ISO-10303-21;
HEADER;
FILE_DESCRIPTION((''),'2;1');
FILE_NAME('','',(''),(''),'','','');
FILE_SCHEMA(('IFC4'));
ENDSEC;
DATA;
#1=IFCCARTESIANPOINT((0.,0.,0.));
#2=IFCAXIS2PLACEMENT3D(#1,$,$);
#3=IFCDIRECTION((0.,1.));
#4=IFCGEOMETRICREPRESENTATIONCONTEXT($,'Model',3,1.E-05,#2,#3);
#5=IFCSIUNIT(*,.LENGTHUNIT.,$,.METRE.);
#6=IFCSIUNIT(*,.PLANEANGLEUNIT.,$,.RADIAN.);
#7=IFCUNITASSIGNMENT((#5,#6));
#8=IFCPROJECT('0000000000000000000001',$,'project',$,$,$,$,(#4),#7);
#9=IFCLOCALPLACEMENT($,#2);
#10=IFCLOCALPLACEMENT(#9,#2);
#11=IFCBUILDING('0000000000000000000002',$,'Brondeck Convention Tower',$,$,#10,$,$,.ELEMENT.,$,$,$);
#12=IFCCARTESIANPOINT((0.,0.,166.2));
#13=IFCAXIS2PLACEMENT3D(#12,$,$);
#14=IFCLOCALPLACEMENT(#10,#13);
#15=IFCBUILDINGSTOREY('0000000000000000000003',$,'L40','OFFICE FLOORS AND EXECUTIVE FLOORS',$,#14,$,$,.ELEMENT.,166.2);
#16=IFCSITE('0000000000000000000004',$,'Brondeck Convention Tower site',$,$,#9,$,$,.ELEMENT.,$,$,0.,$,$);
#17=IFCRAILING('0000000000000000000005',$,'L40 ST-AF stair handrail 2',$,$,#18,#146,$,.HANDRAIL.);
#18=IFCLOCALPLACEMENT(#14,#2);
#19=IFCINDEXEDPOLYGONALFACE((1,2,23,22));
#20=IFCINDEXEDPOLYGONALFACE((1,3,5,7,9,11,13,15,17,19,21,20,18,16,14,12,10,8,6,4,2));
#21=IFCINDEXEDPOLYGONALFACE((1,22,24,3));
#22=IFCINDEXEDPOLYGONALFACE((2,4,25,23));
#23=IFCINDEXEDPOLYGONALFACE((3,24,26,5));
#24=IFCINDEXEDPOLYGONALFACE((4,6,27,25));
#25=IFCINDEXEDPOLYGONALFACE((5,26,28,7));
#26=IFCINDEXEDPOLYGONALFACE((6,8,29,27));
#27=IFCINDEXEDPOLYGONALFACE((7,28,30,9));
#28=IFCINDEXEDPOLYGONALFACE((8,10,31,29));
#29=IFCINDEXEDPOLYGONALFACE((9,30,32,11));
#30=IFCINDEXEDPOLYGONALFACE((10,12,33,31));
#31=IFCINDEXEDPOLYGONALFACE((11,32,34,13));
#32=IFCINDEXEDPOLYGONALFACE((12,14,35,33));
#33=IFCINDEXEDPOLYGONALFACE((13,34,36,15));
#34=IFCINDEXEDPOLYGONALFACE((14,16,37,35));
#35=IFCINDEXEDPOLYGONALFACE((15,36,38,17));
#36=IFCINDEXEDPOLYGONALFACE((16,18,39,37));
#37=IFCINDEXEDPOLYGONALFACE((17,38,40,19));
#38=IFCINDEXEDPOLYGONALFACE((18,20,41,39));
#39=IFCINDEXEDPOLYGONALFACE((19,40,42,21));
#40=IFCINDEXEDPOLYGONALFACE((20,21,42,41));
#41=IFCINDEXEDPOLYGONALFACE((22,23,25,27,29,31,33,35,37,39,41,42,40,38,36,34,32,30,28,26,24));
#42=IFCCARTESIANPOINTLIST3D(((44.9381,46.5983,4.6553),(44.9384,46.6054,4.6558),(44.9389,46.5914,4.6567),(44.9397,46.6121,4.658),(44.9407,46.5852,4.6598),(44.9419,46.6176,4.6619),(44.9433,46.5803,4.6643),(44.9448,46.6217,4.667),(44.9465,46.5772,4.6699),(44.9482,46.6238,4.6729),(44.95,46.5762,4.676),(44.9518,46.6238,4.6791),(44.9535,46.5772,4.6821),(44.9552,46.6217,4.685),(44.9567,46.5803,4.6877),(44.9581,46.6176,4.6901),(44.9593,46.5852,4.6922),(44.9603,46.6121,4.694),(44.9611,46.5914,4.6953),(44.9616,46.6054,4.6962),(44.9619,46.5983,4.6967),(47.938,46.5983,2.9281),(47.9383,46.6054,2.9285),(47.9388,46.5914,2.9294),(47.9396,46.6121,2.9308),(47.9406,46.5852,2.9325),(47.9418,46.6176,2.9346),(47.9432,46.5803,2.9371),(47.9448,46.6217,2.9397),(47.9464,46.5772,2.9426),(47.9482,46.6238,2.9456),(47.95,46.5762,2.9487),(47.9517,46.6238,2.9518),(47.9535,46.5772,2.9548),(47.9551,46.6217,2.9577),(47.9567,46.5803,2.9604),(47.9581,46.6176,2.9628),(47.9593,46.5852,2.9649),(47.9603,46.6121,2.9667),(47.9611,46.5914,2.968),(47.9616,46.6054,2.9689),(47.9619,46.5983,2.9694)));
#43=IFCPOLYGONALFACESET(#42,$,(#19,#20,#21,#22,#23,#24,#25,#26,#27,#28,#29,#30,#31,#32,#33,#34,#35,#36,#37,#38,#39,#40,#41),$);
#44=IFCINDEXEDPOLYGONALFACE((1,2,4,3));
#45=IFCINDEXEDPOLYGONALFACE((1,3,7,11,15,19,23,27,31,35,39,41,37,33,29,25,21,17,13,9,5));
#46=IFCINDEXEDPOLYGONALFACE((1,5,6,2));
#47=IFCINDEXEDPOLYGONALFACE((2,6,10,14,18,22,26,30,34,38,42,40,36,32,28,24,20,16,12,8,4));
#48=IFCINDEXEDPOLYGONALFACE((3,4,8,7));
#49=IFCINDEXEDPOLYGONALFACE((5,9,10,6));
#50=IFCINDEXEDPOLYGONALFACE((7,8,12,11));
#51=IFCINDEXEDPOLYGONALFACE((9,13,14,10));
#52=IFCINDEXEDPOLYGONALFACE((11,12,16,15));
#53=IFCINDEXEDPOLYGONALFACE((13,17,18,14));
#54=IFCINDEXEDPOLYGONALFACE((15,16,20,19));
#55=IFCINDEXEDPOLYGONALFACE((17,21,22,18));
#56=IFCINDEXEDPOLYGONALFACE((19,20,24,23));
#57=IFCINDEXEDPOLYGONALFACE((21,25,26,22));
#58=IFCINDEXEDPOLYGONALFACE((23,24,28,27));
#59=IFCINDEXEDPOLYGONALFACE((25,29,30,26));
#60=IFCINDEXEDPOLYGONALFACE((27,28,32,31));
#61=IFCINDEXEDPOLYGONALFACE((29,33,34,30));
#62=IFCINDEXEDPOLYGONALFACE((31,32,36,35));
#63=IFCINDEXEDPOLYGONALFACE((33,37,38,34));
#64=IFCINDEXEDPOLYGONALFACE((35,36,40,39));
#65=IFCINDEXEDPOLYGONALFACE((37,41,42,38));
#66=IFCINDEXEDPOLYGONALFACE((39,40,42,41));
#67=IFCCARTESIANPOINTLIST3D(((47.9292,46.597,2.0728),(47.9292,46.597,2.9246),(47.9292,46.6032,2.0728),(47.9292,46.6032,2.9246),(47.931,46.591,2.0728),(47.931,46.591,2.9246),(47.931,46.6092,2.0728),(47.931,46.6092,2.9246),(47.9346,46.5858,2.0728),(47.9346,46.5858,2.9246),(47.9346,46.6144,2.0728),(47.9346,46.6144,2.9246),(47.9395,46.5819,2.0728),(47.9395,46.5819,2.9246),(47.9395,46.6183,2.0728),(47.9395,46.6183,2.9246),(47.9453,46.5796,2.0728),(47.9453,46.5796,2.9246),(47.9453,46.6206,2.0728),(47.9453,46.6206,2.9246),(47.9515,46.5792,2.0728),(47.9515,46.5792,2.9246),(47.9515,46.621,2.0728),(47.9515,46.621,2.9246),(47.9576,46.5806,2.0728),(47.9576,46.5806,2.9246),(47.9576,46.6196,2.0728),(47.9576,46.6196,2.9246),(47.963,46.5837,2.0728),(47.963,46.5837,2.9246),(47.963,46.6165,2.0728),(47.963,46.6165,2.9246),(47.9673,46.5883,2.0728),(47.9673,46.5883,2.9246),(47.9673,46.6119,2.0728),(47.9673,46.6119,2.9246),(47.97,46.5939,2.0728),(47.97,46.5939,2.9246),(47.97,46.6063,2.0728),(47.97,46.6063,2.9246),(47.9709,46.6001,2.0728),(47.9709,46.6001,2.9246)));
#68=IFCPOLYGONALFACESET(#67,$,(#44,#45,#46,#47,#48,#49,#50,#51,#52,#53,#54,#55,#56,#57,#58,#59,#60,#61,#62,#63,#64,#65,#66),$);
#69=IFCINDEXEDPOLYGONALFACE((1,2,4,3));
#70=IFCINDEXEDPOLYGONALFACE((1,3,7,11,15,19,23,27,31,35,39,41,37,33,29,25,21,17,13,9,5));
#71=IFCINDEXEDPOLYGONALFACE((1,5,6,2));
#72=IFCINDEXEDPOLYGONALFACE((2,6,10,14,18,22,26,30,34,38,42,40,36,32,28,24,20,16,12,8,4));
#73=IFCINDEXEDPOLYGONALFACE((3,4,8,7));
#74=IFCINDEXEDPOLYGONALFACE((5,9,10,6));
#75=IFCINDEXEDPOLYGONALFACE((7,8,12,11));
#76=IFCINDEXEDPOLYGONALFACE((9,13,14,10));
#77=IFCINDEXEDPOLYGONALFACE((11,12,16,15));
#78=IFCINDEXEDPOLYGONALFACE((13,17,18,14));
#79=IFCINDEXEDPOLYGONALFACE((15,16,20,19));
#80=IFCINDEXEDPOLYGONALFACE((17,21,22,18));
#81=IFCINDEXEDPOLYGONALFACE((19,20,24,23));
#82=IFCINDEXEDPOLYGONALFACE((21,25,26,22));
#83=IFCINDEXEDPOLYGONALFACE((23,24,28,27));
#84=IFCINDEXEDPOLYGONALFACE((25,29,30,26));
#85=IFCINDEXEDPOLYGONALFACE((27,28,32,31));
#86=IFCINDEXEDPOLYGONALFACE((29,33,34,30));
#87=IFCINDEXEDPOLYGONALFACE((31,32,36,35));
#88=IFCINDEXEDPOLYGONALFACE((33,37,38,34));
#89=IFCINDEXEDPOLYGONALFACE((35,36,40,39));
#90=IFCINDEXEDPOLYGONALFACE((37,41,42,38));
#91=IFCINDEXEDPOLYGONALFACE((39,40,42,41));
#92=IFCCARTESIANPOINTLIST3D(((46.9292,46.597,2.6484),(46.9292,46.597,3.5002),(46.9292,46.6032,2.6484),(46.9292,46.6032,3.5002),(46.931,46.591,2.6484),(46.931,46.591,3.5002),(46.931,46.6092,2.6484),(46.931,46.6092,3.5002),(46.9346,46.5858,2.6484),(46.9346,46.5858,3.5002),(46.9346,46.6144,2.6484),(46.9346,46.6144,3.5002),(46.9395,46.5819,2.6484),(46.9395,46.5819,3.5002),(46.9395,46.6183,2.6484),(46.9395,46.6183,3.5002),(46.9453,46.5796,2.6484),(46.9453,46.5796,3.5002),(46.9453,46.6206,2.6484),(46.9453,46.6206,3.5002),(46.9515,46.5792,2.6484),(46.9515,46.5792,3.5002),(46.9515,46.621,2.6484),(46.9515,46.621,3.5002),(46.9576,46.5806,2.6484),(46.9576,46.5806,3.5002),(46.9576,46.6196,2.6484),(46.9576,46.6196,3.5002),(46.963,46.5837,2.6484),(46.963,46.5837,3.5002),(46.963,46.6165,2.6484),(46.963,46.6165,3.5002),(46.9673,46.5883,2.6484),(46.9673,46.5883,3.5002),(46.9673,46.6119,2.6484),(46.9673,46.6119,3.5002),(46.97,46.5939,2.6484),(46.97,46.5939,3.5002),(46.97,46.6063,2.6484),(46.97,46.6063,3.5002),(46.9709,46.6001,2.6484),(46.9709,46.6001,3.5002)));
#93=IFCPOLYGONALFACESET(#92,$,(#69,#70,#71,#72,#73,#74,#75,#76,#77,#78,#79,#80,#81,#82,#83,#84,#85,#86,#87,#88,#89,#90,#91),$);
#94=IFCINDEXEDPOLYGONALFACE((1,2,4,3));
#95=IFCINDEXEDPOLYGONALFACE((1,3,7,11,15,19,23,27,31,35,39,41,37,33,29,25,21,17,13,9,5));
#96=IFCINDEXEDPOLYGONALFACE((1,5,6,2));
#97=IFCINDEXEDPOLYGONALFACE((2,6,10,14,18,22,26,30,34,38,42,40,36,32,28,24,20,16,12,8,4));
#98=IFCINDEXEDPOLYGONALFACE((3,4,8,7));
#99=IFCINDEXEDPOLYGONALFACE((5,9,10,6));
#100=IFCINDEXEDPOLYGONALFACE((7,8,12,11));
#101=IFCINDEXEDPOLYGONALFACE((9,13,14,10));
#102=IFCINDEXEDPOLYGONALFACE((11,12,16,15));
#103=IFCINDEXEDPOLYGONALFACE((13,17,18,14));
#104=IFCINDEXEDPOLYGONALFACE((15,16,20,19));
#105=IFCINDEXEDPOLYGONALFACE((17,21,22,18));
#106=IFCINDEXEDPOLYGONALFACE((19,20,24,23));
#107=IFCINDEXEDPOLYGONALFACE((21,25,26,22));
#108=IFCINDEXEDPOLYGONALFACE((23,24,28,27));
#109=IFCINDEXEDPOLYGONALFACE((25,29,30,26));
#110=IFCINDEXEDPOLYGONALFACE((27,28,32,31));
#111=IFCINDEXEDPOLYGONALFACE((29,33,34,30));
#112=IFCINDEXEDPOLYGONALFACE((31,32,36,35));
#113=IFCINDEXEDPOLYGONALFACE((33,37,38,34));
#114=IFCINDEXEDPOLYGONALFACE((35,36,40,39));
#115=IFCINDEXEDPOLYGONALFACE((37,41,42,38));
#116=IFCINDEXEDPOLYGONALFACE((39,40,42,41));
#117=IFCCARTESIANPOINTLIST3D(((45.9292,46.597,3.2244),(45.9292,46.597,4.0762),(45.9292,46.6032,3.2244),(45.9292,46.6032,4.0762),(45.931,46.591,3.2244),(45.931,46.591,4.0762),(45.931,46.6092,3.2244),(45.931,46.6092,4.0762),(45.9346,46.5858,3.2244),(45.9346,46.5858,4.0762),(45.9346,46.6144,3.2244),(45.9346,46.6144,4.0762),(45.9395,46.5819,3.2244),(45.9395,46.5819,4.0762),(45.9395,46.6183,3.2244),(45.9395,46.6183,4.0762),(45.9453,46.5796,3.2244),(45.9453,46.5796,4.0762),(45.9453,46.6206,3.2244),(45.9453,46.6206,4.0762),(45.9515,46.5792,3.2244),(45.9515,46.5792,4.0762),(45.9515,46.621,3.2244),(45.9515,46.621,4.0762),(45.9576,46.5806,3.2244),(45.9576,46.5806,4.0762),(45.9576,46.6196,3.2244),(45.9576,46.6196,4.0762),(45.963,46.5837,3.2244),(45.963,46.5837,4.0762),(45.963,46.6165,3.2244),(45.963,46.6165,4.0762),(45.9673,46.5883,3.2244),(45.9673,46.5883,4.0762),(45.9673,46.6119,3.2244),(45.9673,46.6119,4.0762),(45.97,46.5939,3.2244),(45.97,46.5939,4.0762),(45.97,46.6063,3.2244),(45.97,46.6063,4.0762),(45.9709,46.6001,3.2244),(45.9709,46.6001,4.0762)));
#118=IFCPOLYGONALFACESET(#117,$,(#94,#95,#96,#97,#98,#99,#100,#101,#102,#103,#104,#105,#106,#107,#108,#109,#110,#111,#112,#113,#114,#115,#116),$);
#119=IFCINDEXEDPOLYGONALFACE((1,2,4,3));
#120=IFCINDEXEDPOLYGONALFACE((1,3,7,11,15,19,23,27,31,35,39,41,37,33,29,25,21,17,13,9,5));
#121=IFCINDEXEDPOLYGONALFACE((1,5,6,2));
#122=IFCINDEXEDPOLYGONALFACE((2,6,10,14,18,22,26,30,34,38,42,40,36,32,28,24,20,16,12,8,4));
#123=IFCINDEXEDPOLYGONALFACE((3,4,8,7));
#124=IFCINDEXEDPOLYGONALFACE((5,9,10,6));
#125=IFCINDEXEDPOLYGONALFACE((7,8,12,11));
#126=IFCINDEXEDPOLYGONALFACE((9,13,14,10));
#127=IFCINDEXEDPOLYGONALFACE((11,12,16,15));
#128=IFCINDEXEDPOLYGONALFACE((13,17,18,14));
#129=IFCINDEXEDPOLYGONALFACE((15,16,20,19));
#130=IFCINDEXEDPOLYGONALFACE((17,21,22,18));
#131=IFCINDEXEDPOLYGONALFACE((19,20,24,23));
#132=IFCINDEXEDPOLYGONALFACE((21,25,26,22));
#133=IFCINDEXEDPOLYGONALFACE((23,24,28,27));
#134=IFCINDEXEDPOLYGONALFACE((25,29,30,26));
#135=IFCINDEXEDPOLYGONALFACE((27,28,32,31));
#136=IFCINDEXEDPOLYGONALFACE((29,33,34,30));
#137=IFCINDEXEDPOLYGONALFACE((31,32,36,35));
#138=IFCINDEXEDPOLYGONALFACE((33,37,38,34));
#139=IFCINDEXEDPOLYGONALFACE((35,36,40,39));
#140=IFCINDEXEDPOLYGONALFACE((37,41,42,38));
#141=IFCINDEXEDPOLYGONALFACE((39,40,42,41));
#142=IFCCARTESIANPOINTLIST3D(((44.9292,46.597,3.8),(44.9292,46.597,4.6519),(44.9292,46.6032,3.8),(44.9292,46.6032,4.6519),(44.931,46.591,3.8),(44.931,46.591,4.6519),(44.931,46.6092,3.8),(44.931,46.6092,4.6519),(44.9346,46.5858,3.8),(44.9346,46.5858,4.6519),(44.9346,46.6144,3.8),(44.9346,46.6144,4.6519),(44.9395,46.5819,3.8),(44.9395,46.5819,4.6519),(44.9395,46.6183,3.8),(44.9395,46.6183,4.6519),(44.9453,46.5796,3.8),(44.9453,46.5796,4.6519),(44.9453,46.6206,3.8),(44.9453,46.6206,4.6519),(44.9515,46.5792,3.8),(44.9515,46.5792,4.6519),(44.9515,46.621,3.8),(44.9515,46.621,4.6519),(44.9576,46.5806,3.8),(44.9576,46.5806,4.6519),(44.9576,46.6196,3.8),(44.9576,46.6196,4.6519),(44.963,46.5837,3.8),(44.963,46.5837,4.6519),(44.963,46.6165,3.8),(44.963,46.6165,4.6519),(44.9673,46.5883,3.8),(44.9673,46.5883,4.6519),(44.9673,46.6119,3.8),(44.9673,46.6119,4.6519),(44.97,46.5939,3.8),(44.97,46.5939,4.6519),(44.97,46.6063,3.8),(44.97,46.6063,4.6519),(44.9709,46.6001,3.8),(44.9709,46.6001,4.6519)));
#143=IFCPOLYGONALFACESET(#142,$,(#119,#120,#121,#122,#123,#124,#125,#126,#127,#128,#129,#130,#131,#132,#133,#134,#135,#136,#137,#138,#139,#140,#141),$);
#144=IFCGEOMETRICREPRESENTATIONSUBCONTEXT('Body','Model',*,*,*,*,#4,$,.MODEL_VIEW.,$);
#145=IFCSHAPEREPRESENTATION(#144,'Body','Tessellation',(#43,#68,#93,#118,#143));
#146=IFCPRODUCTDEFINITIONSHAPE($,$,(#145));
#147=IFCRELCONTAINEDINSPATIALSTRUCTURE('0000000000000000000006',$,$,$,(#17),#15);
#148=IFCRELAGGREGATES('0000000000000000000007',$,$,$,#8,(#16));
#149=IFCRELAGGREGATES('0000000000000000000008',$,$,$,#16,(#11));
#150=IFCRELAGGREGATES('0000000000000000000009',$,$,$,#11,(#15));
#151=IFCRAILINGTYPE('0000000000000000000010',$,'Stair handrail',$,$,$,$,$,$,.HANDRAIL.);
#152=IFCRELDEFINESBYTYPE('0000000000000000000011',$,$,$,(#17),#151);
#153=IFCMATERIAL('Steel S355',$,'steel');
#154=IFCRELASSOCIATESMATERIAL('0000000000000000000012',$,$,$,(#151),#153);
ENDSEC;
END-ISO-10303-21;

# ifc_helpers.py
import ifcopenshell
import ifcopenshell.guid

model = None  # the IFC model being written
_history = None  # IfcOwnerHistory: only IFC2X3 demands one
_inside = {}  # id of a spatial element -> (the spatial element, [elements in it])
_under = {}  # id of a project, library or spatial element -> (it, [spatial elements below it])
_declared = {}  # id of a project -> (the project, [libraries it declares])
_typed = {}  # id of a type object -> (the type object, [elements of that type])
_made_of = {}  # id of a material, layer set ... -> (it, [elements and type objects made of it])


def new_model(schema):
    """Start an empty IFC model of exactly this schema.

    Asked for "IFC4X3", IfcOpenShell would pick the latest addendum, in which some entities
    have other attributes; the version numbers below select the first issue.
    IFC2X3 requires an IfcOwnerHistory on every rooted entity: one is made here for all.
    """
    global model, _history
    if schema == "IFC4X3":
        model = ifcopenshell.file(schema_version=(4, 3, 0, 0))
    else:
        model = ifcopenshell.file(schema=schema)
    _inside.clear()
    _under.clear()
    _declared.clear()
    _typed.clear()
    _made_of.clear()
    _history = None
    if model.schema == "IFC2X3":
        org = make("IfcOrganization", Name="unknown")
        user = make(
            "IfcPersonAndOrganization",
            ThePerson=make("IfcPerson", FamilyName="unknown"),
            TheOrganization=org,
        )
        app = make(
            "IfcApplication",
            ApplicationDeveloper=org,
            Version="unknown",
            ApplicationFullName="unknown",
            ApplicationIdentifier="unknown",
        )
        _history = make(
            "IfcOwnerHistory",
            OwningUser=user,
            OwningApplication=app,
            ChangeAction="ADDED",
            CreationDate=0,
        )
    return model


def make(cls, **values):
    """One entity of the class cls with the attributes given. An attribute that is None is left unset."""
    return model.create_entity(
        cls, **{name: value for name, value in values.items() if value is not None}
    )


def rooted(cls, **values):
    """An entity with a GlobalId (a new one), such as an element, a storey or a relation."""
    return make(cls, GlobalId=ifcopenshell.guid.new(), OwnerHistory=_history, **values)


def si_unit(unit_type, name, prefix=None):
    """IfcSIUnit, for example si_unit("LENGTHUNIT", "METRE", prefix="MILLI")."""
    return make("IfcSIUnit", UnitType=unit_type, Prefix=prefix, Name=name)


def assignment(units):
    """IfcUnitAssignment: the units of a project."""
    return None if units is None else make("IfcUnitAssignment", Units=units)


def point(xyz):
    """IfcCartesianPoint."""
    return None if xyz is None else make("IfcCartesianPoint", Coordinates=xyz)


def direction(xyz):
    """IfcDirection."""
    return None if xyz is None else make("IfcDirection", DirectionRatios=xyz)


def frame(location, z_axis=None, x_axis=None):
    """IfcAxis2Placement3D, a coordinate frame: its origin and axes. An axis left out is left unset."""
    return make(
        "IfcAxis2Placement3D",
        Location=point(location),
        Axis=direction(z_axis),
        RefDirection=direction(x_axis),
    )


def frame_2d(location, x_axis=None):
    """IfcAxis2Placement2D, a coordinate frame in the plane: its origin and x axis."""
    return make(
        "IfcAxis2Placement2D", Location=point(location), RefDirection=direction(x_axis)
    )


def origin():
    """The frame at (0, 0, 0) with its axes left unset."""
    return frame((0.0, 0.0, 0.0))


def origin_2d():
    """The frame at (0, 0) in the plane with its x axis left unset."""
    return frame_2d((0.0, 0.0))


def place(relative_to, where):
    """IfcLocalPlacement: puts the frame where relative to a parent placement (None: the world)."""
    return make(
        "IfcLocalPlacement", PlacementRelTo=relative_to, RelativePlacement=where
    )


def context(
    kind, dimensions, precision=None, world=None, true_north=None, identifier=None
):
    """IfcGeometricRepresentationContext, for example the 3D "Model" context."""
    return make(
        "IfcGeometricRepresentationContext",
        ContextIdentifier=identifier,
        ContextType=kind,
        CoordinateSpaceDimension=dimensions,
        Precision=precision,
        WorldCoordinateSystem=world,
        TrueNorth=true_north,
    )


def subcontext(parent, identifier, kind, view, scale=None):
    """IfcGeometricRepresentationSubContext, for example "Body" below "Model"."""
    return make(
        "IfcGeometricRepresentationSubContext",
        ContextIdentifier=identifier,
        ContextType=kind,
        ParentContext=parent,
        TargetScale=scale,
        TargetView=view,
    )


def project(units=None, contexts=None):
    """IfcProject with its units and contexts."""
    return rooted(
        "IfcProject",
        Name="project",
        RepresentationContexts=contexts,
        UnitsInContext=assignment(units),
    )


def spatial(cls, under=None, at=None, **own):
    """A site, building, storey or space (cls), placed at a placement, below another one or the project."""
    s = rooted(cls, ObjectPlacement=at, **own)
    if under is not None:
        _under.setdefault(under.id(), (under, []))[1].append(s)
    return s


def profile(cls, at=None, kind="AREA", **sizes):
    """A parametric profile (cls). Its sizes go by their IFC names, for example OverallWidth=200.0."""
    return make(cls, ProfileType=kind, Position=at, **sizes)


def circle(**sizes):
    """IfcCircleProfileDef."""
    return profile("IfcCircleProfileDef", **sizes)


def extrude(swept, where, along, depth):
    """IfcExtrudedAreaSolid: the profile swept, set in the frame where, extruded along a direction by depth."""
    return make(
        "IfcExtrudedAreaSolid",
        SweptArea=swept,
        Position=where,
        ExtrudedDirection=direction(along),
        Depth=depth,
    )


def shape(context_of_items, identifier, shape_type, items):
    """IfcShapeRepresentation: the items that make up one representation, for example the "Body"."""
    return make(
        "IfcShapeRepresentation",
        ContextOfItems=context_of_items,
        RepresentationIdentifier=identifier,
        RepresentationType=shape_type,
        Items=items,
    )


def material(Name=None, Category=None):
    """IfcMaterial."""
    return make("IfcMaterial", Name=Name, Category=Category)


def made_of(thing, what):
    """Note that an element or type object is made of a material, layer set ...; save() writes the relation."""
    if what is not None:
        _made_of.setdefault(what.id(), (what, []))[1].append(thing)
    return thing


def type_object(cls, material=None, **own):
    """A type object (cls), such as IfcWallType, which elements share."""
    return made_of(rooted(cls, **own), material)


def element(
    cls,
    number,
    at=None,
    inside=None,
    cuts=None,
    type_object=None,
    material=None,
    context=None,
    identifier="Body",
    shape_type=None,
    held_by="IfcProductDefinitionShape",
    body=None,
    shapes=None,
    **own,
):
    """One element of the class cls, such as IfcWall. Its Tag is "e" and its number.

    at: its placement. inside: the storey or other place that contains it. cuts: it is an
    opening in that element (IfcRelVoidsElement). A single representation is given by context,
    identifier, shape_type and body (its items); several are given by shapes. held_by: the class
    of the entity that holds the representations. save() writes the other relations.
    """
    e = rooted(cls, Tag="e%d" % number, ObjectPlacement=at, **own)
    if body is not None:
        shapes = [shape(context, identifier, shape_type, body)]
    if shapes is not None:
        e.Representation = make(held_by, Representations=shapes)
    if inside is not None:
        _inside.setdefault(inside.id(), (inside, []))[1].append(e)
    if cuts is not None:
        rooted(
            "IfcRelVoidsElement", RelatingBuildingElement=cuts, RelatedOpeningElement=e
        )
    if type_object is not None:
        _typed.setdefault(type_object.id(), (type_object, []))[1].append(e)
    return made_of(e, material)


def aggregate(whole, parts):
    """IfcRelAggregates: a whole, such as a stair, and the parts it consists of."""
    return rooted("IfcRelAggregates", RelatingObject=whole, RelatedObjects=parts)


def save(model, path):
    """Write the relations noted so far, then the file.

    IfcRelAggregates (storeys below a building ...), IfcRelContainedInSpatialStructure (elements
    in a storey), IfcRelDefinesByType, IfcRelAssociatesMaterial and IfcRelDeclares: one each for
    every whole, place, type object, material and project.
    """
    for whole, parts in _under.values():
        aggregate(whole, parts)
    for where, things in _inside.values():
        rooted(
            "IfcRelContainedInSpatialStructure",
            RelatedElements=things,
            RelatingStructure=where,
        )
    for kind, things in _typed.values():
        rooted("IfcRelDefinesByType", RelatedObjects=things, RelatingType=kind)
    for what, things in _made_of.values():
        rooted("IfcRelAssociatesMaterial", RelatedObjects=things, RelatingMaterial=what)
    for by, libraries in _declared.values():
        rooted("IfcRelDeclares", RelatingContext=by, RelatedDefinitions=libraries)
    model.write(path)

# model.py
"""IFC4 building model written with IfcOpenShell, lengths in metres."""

from ifc_helpers import new_model, si_unit, direction, frame, origin, origin_2d, place, context, subcontext, project, spatial, circle, extrude, material, type_object, element, save


model = new_model("IFC4")

# Units and contexts
model_context = context("Model", 3, precision=1e-05, world=origin(), true_north=direction((0.0, 1.0)))
body_context = subcontext(model_context, "Body", "Model", "MODEL_VIEW")
ifc_project = project(units=[si_unit("LENGTHUNIT", "METRE"), si_unit("PLANEANGLEUNIT", "RADIAN")], contexts=[model_context])

# Site, building, storey
site_placement = place(None, origin())
site = spatial("IfcSite", under=ifc_project, at=site_placement, Name="Brondeck Convention Tower site", CompositionType="ELEMENT", RefElevation=0.0)
building_placement = place(site_placement, origin())
building = spatial("IfcBuilding", under=site, at=building_placement, Name="Brondeck Convention Tower", CompositionType="ELEMENT")
storey_placement = place(building_placement, frame((0.0, 0.0, 166.2)))
storey = spatial("IfcBuildingStorey", under=building, at=storey_placement, Name="L40", Description="OFFICE FLOORS AND EXECUTIVE FLOORS", CompositionType="ELEMENT", Elevation=166.2)

# Shared definitions
ifc_material_1 = material(Name="Steel S355", Category="steel")

# Railing
railing_type_1 = type_object("IfcRailingType", Name="Stair handrail", PredefinedType="HANDRAIL", material=ifc_material_1)
railing_1_placement = place(storey_placement, frame((47.95, 46.6001, 2.0728)))
element("IfcRailing", 1, at=railing_1_placement, inside=storey, type_object=railing_type_1, Name="L40 ST-AF stair handrail 2", PredefinedType="HANDRAIL", context=body_context, shape_type="SweptSolid", body=[
    extrude(circle(Radius=0.0239, at=origin_2d()), frame((0.0, 0.0, 0.876), z_axis=(-0.86662, 0.0, 0.498969), x_axis=(0.0, -1.0, 0.0)), (0.0, 0.0, 1.0), 3.4617),
    extrude(circle(Radius=0.021, at=origin_2d()), origin(), (0.0, 0.0, 1.0), 0.8518),
    extrude(circle(Radius=0.021, at=origin_2d()), frame((-1.0, 0.0, 0.5757)), (0.0, 0.0, 1.0), 0.8518),
    extrude(circle(Radius=0.021, at=origin_2d()), frame((-2.0, 0.0, 1.1516)), (0.0, 0.0, 1.0), 0.8518),
    extrude(circle(Radius=0.021, at=origin_2d()), frame((-3.0, 0.0, 1.7273)), (0.0, 0.0, 1.0), 0.8518),
])

save(model, "model.ifc")
